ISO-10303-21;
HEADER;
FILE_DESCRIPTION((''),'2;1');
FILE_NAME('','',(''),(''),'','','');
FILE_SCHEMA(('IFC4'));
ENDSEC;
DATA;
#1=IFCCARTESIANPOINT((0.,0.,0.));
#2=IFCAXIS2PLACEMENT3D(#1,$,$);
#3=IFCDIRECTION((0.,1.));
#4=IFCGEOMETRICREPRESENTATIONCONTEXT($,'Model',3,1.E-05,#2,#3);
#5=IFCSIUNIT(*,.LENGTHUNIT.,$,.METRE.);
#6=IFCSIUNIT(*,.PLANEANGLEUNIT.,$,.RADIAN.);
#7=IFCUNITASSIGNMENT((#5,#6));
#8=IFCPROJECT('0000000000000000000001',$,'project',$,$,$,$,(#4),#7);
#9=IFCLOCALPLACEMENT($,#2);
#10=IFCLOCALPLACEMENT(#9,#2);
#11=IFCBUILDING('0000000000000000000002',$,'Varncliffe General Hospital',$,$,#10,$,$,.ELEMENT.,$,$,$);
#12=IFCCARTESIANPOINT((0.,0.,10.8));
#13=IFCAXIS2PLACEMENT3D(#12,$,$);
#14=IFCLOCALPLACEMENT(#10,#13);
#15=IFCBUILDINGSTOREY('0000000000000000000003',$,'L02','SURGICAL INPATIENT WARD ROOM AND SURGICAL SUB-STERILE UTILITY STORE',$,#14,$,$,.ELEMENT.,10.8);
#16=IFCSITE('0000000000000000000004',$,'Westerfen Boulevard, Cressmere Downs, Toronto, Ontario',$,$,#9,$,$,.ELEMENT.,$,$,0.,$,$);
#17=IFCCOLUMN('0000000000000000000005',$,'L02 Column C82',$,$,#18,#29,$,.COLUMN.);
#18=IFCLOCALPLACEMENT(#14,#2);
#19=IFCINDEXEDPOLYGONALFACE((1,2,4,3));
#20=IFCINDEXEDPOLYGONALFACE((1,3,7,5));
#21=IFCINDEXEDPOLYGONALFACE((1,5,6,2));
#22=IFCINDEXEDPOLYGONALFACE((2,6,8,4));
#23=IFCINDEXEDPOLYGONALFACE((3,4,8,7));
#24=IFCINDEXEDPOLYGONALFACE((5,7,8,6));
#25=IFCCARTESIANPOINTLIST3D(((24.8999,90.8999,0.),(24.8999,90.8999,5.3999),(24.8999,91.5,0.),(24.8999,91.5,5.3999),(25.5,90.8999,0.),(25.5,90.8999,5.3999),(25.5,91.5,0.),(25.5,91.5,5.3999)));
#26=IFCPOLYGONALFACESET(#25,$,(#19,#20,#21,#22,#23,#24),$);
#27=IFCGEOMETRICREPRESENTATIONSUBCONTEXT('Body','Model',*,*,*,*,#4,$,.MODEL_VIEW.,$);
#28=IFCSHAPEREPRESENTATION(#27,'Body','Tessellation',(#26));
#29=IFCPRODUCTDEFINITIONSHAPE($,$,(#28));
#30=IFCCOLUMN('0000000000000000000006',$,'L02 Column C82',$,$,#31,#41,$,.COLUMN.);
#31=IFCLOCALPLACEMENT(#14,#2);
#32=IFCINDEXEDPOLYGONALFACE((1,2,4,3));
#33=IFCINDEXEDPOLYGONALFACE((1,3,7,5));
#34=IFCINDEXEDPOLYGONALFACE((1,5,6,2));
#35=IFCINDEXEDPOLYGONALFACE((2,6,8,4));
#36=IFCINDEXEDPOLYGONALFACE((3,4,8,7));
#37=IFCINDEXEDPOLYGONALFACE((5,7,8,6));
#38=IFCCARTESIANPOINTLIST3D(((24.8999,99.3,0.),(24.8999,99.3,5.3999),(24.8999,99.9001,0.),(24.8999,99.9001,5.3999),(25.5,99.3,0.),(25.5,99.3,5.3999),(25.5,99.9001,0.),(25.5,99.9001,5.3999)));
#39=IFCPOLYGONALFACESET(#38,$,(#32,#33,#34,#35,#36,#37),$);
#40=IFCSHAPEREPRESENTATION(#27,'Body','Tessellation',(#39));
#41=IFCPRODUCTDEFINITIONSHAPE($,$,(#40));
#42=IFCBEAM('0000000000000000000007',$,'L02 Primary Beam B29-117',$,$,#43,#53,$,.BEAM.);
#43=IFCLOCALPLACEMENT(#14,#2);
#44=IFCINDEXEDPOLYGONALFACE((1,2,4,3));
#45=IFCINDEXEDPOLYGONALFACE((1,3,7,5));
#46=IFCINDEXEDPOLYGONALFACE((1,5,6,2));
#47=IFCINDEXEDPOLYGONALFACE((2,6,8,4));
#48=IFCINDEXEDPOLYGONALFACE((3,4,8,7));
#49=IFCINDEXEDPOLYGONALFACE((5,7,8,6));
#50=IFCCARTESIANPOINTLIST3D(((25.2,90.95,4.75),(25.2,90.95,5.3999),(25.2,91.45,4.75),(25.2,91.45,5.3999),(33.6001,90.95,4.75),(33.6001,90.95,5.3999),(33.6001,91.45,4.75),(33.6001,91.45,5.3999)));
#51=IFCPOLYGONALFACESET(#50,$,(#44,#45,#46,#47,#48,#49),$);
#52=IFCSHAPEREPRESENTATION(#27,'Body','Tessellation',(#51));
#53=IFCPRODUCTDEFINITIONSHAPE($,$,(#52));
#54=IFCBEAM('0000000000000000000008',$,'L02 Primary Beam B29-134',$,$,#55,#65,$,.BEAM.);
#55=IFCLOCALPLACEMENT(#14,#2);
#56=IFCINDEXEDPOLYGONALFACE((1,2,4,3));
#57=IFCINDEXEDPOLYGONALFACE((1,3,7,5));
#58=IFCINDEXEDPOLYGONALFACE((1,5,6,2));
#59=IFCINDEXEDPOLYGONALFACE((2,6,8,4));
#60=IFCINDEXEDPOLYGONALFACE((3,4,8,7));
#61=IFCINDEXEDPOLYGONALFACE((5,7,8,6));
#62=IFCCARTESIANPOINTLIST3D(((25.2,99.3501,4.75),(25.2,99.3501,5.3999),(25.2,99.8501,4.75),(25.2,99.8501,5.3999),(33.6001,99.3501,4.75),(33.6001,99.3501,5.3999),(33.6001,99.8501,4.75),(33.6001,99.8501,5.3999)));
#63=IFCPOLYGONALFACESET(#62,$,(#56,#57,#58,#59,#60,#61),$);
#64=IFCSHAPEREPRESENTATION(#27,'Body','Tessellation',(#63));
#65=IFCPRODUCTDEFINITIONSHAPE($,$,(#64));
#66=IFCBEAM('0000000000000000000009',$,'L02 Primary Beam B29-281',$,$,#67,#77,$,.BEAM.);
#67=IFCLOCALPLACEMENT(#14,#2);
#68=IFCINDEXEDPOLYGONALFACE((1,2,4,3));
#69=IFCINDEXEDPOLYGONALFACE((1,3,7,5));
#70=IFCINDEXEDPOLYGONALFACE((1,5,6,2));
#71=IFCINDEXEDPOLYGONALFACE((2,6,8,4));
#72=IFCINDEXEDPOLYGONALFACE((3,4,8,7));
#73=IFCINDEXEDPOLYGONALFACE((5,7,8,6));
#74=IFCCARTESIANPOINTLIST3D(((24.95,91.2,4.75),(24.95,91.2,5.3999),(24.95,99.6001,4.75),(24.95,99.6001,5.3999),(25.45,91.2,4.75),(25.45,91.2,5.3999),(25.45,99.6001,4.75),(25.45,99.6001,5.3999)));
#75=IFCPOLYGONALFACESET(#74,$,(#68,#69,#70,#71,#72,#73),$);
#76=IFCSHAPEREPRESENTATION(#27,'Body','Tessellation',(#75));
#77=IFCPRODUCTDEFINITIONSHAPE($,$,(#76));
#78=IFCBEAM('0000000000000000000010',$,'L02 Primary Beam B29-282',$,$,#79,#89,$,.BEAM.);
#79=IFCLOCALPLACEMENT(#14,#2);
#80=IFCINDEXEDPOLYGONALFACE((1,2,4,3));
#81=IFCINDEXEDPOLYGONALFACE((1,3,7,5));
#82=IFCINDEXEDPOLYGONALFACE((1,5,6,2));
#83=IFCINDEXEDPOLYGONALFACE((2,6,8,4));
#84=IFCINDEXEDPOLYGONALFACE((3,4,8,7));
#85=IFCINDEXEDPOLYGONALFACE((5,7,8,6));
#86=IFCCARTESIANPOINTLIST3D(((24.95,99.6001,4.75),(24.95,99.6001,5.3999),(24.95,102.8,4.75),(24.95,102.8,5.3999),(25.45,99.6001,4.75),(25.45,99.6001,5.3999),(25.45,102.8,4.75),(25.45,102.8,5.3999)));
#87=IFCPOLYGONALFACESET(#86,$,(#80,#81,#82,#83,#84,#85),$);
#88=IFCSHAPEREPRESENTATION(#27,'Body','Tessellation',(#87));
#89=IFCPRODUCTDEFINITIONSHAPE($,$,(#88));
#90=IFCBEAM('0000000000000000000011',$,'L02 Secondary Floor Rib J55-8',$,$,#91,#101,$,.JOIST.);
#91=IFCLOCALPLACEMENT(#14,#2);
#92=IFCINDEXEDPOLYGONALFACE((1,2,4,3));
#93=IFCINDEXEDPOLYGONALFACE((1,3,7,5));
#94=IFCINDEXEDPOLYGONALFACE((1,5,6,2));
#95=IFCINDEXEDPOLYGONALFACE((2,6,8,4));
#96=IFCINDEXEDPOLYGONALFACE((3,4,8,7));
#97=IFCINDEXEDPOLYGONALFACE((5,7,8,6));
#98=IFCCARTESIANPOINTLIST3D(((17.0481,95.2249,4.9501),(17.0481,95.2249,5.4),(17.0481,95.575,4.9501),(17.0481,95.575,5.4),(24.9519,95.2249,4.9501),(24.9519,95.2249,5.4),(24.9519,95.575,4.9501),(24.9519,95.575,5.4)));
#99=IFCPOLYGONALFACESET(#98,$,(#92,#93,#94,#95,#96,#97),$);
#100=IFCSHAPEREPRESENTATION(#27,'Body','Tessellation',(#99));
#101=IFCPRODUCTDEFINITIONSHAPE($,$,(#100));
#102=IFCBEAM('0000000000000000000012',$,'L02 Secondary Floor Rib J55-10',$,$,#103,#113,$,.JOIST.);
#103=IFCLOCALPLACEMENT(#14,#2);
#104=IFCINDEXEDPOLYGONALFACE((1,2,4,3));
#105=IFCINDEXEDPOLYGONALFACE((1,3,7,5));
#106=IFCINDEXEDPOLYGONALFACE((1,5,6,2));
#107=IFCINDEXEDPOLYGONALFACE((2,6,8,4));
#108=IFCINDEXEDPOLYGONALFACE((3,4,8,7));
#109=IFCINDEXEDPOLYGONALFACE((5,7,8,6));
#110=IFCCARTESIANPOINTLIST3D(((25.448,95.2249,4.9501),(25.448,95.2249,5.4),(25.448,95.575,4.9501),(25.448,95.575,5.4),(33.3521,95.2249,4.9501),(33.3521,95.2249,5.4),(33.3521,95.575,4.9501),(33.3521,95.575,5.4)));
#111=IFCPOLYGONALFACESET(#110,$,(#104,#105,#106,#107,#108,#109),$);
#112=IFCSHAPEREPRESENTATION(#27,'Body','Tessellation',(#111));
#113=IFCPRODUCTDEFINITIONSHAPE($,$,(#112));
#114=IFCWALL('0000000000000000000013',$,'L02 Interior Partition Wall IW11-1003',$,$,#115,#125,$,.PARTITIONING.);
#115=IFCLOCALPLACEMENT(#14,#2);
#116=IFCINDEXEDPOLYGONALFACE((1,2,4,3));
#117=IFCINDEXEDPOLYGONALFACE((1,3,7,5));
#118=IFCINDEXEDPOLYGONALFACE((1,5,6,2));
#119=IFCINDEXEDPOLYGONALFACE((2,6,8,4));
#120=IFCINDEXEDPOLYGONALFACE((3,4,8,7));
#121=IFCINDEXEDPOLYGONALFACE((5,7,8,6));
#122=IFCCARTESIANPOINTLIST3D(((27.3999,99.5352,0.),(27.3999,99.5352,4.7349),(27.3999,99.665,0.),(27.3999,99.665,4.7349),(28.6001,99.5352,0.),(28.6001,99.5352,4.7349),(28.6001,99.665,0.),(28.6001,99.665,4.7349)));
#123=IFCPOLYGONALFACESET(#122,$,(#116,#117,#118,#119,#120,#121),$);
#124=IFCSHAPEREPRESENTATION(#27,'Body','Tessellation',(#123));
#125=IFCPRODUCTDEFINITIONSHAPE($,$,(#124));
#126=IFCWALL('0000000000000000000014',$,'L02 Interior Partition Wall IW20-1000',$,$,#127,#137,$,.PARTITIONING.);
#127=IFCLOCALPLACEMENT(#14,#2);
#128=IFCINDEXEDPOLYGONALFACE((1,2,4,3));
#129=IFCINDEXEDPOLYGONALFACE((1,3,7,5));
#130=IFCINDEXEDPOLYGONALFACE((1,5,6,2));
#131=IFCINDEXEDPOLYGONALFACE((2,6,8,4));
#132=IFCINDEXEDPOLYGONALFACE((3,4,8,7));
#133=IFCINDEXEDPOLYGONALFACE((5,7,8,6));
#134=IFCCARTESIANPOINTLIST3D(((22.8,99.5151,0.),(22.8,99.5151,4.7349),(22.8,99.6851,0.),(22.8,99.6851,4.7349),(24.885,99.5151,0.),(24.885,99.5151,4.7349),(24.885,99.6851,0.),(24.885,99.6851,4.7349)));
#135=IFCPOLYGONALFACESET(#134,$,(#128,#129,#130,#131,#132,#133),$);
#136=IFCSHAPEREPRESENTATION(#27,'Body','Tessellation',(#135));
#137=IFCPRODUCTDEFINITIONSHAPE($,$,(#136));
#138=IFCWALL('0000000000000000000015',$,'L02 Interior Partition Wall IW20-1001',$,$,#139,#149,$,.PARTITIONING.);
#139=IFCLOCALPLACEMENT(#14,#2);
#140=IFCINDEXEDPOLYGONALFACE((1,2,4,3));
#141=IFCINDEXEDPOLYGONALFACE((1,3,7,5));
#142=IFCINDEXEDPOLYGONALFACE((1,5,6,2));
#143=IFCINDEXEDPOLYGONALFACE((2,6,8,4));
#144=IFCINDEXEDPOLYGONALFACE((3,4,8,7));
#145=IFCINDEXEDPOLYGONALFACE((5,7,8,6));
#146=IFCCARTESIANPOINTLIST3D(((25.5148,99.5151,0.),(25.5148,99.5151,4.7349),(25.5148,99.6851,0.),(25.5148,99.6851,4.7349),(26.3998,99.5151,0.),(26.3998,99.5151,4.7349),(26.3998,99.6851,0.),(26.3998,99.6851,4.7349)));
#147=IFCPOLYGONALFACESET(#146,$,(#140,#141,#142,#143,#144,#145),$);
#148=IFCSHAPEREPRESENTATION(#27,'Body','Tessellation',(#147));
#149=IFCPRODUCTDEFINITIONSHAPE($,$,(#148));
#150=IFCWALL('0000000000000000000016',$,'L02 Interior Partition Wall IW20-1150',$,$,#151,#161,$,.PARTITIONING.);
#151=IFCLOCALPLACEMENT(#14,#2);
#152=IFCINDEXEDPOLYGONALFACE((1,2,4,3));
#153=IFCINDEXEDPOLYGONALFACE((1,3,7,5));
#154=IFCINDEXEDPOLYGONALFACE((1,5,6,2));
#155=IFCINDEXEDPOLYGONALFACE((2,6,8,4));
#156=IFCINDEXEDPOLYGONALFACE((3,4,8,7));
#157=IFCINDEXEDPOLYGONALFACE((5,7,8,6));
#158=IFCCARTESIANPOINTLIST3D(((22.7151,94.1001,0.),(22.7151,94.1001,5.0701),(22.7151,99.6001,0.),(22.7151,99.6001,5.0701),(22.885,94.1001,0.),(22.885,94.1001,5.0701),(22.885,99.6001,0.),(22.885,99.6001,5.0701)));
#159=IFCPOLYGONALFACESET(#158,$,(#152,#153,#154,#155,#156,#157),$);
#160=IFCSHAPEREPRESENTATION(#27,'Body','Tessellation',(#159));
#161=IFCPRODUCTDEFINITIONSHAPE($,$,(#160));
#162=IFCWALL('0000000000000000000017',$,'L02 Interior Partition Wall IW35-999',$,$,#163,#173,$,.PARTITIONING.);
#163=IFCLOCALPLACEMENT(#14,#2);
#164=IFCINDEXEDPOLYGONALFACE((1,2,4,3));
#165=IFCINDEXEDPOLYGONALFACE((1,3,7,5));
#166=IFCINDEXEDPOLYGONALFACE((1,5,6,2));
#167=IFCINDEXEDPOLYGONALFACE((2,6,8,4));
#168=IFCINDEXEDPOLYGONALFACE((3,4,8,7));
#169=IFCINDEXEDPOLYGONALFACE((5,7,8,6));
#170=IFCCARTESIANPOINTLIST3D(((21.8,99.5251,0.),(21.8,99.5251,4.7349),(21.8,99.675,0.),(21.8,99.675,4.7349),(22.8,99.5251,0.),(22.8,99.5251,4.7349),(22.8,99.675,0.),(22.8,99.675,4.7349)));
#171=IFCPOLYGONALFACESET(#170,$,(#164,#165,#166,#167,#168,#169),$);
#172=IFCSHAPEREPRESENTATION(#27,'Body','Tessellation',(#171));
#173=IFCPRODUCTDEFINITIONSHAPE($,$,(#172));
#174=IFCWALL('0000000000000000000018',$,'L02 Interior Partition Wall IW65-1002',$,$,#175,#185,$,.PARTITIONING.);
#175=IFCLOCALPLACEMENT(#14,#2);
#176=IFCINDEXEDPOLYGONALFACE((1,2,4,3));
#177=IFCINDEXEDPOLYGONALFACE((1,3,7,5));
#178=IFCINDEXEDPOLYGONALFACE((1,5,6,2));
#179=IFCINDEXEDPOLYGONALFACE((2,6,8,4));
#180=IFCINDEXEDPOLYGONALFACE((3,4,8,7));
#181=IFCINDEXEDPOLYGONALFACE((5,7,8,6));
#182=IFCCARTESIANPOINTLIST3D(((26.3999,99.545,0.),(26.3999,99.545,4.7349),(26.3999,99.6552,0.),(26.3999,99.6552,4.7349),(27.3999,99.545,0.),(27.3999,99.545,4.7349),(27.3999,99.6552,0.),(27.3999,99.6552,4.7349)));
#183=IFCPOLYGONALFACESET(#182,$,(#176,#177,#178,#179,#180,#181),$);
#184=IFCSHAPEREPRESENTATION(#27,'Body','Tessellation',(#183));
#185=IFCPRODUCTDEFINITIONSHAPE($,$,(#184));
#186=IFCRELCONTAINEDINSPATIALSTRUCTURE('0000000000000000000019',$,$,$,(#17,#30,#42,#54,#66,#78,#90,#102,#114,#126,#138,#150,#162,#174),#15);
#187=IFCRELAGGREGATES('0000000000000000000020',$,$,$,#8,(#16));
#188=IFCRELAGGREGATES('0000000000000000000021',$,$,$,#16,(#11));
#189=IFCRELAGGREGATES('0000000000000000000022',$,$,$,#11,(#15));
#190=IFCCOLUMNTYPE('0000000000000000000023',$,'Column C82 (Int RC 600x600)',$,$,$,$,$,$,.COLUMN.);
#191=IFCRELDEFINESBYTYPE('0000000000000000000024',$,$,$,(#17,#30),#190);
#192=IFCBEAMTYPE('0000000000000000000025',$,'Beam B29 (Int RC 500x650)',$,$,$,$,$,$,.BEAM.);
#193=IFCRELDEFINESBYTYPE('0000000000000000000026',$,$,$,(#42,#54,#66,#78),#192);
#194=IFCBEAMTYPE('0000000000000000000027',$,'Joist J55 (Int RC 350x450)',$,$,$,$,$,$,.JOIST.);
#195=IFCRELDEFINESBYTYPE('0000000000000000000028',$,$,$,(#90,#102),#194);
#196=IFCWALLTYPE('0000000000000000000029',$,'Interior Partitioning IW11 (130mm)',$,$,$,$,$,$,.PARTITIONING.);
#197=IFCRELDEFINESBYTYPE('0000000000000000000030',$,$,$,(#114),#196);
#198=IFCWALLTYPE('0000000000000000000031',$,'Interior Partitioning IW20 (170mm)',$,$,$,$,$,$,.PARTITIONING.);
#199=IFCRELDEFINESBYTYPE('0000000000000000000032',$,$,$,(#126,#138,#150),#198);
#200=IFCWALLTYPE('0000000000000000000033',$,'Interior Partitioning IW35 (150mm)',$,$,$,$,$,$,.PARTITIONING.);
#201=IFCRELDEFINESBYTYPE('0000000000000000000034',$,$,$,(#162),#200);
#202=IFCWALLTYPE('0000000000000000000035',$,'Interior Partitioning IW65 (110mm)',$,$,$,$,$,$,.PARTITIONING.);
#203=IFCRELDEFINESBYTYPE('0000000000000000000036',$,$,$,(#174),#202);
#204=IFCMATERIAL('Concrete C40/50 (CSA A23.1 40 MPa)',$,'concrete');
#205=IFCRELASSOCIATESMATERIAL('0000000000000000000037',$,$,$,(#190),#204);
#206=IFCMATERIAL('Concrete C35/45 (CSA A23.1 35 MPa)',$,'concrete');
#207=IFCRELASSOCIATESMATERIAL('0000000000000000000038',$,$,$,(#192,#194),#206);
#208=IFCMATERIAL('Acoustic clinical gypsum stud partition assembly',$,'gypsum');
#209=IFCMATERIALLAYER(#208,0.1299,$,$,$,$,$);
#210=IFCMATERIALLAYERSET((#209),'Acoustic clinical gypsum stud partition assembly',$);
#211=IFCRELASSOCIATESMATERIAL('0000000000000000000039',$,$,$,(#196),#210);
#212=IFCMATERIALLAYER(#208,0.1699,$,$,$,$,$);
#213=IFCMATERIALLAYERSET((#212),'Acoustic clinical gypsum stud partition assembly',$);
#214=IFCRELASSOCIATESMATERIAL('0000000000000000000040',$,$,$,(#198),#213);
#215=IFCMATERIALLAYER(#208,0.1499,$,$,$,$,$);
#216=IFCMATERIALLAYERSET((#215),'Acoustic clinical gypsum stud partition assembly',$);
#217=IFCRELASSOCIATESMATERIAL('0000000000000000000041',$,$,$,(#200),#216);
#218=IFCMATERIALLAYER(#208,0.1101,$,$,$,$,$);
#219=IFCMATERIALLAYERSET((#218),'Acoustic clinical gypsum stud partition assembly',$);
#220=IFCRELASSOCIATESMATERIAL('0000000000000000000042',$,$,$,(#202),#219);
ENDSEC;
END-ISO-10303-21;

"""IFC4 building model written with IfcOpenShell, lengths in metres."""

from ifc_helpers import new_model, si_unit, direction, frame, frame_2d, origin, origin_2d, place, context, subcontext, project, spatial, rectangle, extrude, material, layer, layer_set, material_profile, profile_set, type_object, element, save


model = new_model("IFC4")

# Units and contexts
model_context = context("Model", 3, precision=1e-05, world=origin(), true_north=direction((0.0, 1.0)))
body_context = subcontext(model_context, "Body", "Model", "MODEL_VIEW")
ifc_project = project(units=[si_unit("LENGTHUNIT", "METRE"), si_unit("PLANEANGLEUNIT", "RADIAN")], contexts=[model_context])

# Site, building, storey
site_placement = place(None, origin())
site = spatial("IfcSite", under=ifc_project, at=site_placement, Name="Westerfen Boulevard, Cressmere Downs, Toronto, Ontario", CompositionType="ELEMENT", RefElevation=0.0)
building_placement = place(site_placement, origin())
building = spatial("IfcBuilding", under=site, at=building_placement, Name="Varncliffe General Hospital", CompositionType="ELEMENT")
storey_placement = place(building_placement, frame((0.0, 0.0, 10.8)))
storey = spatial("IfcBuildingStorey", under=building, at=storey_placement, Name="L02", Description="SURGICAL INPATIENT WARD ROOM AND SURGICAL SUB-STERILE UTILITY STORE", CompositionType="ELEMENT", Elevation=10.8)

# Columns
ifc_material_1 = material(Name="Concrete C40/50 (CSA A23.1 40 MPa)", Category="concrete")
ifc_material_profile_1 = material_profile(ifc_material_1, rectangle(XDim=0.6001, YDim=0.6001, at=origin_2d()), Name="RC 600x600")
ifc_profile_set_1 = profile_set([ifc_material_profile_1], Name="Concrete C40/50 (CSA A23.1 40 MPa)")
column_type = type_object("IfcColumnType", Name="Column C82 (Int RC 600x600)", PredefinedType="COLUMN", material=ifc_profile_set_1)
for number, where, z_axis, x_axis, name in (
    (1, (25.2, 91.2, 0.0), (0.0, 0.0, 1.0), (1.0, 0.0, 0.0), "L02 Column C82"),
    (2, (25.2, 99.6001, 0.0), (0.0, 0.0, 1.0), (1.0, 0.0, 0.0), "L02 Column C82"),
):
    element("IfcColumn", number, at=place(storey_placement, frame(where, z_axis=z_axis, x_axis=x_axis)), inside=storey, type_object=column_type, Name=name, PredefinedType="COLUMN", context=body_context, shape_type="SweptSolid", body=[
        extrude(rectangle(XDim=0.6001, YDim=0.6001, at=origin_2d()), origin(), (0.0, 0.0, 1.0), 5.3999),
    ])

# Beams
ifc_material_2 = material(Name="Concrete C35/45 (CSA A23.1 35 MPa)", Category="concrete")
ifc_material_profile_2 = material_profile(ifc_material_2, rectangle(XDim=0.5, YDim=0.6499, at=origin_2d()), Name="RC 500x650")
ifc_profile_set_2 = profile_set([ifc_material_profile_2], Name="Concrete C35/45 (CSA A23.1 35 MPa)")
beam_type_1 = type_object("IfcBeamType", Name="Beam B29 (Int RC 500x650)", PredefinedType="BEAM", material=ifc_profile_set_2)
for number, where, z_axis, x_axis, name in (
    (3, (25.2, 91.2, 5.075), (1.0, 0.0, 0.0), (0.0, 1.0, 0.0), "L02 Primary Beam B29-117"),
    (4, (25.2, 99.6001, 5.075), (1.0, 0.0, 0.0), (0.0, 1.0, 0.0), "L02 Primary Beam B29-134"),
    (5, (25.2, 91.2, 5.075), (0.0, 1.0, 0.0), (-1.0, 0.0, 0.0), "L02 Primary Beam B29-281"),
):
    element("IfcBeam", number, at=place(storey_placement, frame(where, z_axis=z_axis, x_axis=x_axis)), inside=storey, type_object=beam_type_1, Name=name, PredefinedType="BEAM", context=body_context, shape_type="SweptSolid", body=[
        extrude(rectangle(XDim=0.5, YDim=0.6499, at=origin_2d()), origin(), (0.0, 0.0, 1.0), 8.4001),
    ])
beam_1_placement = place(storey_placement, frame((25.2, 99.6001, 5.075), z_axis=(0.0, 1.0, 0.0), x_axis=(-1.0, 0.0, 0.0)))
element("IfcBeam", 6, at=beam_1_placement, inside=storey, type_object=beam_type_1, Name="L02 Primary Beam B29-282", PredefinedType="BEAM", context=body_context, shape_type="SweptSolid", body=[
    extrude(rectangle(XDim=0.5, YDim=0.6499, at=origin_2d()), origin(), (0.0, 0.0, 1.0), 3.2),
])
ifc_material_profile_3 = material_profile(ifc_material_2, rectangle(XDim=0.3501, YDim=0.45, at=origin_2d()), Name="RC 350x450")
ifc_profile_set_3 = profile_set([ifc_material_profile_3], Name="Concrete C35/45 (CSA A23.1 35 MPa)")
beam_type_2 = type_object("IfcBeamType", Name="Joist J55 (Int RC 350x450)", PredefinedType="JOIST", material=ifc_profile_set_3)
beam_2_placement = place(storey_placement, frame((17.0481, 95.3999, 5.175), z_axis=(1.0, 0.0, 0.0), x_axis=(0.0, 1.0, 0.0)))
element("IfcBeam", 7, at=beam_2_placement, inside=storey, type_object=beam_type_2, Name="L02 Secondary Floor Rib J55-8", PredefinedType="JOIST", context=body_context, shape_type="SweptSolid", body=[
    extrude(rectangle(XDim=0.3501, YDim=0.45, at=origin_2d()), origin(), (0.0, 0.0, 1.0), 7.9038),
])
beam_3_placement = place(storey_placement, frame((25.448, 95.3999, 5.175), z_axis=(1.0, 0.0, 0.0), x_axis=(0.0, 1.0, 0.0)))
element("IfcBeam", 8, at=beam_3_placement, inside=storey, type_object=beam_type_2, Name="L02 Secondary Floor Rib J55-10", PredefinedType="JOIST", context=body_context, shape_type="SweptSolid", body=[
    extrude(rectangle(XDim=0.3501, YDim=0.45, at=origin_2d()), origin(), (0.0, 0.0, 1.0), 7.9041),
])

# Walls
ifc_material_3 = material(Name="Acoustic clinical gypsum stud partition assembly", Category="gypsum")
ifc_layer_1 = layer(ifc_material_3, 0.1299)
ifc_layer_set_1 = layer_set([ifc_layer_1], Name="Acoustic clinical gypsum stud partition assembly")
wall_type_1 = type_object("IfcWallType", Name="Interior Partitioning IW11 (130mm)", PredefinedType="PARTITIONING", material=ifc_layer_set_1)
wall_1_placement = place(storey_placement, frame((27.3999, 99.6001, 0.0), z_axis=(0.0, 0.0, 1.0), x_axis=(1.0, 0.0, 0.0)))
element("IfcWall", 9, at=wall_1_placement, inside=storey, type_object=wall_type_1, Name="L02 Interior Partition Wall IW11-1003", PredefinedType="PARTITIONING", context=body_context, shape_type="SweptSolid", body=[
    extrude(rectangle(XDim=1.2002, YDim=0.1299, at=frame_2d((0.6001, 0.0))), origin(), (0.0, 0.0, 1.0), 4.7349),
])
ifc_layer_2 = layer(ifc_material_3, 0.1699)
ifc_layer_set_2 = layer_set([ifc_layer_2], Name="Acoustic clinical gypsum stud partition assembly")
wall_type_2 = type_object("IfcWallType", Name="Interior Partitioning IW20 (170mm)", PredefinedType="PARTITIONING", material=ifc_layer_set_2)
wall_2_placement = place(storey_placement, frame((22.8, 99.6001, 0.0), z_axis=(0.0, 0.0, 1.0), x_axis=(1.0, 0.0, 0.0)))
element("IfcWall", 10, at=wall_2_placement, inside=storey, type_object=wall_type_2, Name="L02 Interior Partition Wall IW20-1000", PredefinedType="PARTITIONING", context=body_context, shape_type="SweptSolid", body=[
    extrude(rectangle(XDim=2.085, YDim=0.1699, at=frame_2d((1.0425, 0.0))), origin(), (0.0, 0.0, 1.0), 4.7349),
])
wall_3_placement = place(storey_placement, frame((25.5149, 99.6001, 0.0), z_axis=(0.0, 0.0, 1.0), x_axis=(1.0, 0.0, 0.0)))
element("IfcWall", 11, at=wall_3_placement, inside=storey, type_object=wall_type_2, Name="L02 Interior Partition Wall IW20-1001", PredefinedType="PARTITIONING", context=body_context, shape_type="SweptSolid", body=[
    extrude(rectangle(XDim=0.885, YDim=0.1699, at=frame_2d((0.4424, 0.0))), origin(), (0.0, 0.0, 1.0), 4.7349),
])
wall_4_placement = place(storey_placement, frame((22.8, 94.1001, 0.0), z_axis=(0.0, 0.0, 1.0), x_axis=(0.0, 1.0, 0.0)))
element("IfcWall", 12, at=wall_4_placement, inside=storey, type_object=wall_type_2, Name="L02 Interior Partition Wall IW20-1150", PredefinedType="PARTITIONING", context=body_context, shape_type="SweptSolid", body=[
    extrude(rectangle(XDim=5.5, YDim=0.1699, at=frame_2d((2.75, 0.0))), origin(), (0.0, 0.0, 1.0), 5.0701),
])
ifc_layer_3 = layer(ifc_material_3, 0.1499)
ifc_layer_set_3 = layer_set([ifc_layer_3], Name="Acoustic clinical gypsum stud partition assembly")
wall_type_3 = type_object("IfcWallType", Name="Interior Partitioning IW35 (150mm)", PredefinedType="PARTITIONING", material=ifc_layer_set_3)
wall_5_placement = place(storey_placement, frame((21.8, 99.6001, 0.0), z_axis=(0.0, 0.0, 1.0), x_axis=(1.0, 0.0, 0.0)))
element("IfcWall", 13, at=wall_5_placement, inside=storey, type_object=wall_type_3, Name="L02 Interior Partition Wall IW35-999", PredefinedType="PARTITIONING", context=body_context, shape_type="SweptSolid", body=[
    extrude(rectangle(XDim=1.0, YDim=0.1499, at=frame_2d((0.5, 0.0))), origin(), (0.0, 0.0, 1.0), 4.7349),
])
ifc_layer_4 = layer(ifc_material_3, 0.1101)
ifc_layer_set_4 = layer_set([ifc_layer_4], Name="Acoustic clinical gypsum stud partition assembly")
wall_type_4 = type_object("IfcWallType", Name="Interior Partitioning IW65 (110mm)", PredefinedType="PARTITIONING", material=ifc_layer_set_4)
wall_6_placement = place(storey_placement, frame((26.3999, 99.6001, 0.0), z_axis=(0.0, 0.0, 1.0), x_axis=(1.0, 0.0, 0.0)))
element("IfcWall", 14, at=wall_6_placement, inside=storey, type_object=wall_type_4, Name="L02 Interior Partition Wall IW65-1002", PredefinedType="PARTITIONING", context=body_context, shape_type="SweptSolid", body=[
    extrude(rectangle(XDim=1.0, YDim=0.1101, at=frame_2d((0.5, 0.0))), origin(), (0.0, 0.0, 1.0), 4.7349),
])

save(model, "model.ifc")
